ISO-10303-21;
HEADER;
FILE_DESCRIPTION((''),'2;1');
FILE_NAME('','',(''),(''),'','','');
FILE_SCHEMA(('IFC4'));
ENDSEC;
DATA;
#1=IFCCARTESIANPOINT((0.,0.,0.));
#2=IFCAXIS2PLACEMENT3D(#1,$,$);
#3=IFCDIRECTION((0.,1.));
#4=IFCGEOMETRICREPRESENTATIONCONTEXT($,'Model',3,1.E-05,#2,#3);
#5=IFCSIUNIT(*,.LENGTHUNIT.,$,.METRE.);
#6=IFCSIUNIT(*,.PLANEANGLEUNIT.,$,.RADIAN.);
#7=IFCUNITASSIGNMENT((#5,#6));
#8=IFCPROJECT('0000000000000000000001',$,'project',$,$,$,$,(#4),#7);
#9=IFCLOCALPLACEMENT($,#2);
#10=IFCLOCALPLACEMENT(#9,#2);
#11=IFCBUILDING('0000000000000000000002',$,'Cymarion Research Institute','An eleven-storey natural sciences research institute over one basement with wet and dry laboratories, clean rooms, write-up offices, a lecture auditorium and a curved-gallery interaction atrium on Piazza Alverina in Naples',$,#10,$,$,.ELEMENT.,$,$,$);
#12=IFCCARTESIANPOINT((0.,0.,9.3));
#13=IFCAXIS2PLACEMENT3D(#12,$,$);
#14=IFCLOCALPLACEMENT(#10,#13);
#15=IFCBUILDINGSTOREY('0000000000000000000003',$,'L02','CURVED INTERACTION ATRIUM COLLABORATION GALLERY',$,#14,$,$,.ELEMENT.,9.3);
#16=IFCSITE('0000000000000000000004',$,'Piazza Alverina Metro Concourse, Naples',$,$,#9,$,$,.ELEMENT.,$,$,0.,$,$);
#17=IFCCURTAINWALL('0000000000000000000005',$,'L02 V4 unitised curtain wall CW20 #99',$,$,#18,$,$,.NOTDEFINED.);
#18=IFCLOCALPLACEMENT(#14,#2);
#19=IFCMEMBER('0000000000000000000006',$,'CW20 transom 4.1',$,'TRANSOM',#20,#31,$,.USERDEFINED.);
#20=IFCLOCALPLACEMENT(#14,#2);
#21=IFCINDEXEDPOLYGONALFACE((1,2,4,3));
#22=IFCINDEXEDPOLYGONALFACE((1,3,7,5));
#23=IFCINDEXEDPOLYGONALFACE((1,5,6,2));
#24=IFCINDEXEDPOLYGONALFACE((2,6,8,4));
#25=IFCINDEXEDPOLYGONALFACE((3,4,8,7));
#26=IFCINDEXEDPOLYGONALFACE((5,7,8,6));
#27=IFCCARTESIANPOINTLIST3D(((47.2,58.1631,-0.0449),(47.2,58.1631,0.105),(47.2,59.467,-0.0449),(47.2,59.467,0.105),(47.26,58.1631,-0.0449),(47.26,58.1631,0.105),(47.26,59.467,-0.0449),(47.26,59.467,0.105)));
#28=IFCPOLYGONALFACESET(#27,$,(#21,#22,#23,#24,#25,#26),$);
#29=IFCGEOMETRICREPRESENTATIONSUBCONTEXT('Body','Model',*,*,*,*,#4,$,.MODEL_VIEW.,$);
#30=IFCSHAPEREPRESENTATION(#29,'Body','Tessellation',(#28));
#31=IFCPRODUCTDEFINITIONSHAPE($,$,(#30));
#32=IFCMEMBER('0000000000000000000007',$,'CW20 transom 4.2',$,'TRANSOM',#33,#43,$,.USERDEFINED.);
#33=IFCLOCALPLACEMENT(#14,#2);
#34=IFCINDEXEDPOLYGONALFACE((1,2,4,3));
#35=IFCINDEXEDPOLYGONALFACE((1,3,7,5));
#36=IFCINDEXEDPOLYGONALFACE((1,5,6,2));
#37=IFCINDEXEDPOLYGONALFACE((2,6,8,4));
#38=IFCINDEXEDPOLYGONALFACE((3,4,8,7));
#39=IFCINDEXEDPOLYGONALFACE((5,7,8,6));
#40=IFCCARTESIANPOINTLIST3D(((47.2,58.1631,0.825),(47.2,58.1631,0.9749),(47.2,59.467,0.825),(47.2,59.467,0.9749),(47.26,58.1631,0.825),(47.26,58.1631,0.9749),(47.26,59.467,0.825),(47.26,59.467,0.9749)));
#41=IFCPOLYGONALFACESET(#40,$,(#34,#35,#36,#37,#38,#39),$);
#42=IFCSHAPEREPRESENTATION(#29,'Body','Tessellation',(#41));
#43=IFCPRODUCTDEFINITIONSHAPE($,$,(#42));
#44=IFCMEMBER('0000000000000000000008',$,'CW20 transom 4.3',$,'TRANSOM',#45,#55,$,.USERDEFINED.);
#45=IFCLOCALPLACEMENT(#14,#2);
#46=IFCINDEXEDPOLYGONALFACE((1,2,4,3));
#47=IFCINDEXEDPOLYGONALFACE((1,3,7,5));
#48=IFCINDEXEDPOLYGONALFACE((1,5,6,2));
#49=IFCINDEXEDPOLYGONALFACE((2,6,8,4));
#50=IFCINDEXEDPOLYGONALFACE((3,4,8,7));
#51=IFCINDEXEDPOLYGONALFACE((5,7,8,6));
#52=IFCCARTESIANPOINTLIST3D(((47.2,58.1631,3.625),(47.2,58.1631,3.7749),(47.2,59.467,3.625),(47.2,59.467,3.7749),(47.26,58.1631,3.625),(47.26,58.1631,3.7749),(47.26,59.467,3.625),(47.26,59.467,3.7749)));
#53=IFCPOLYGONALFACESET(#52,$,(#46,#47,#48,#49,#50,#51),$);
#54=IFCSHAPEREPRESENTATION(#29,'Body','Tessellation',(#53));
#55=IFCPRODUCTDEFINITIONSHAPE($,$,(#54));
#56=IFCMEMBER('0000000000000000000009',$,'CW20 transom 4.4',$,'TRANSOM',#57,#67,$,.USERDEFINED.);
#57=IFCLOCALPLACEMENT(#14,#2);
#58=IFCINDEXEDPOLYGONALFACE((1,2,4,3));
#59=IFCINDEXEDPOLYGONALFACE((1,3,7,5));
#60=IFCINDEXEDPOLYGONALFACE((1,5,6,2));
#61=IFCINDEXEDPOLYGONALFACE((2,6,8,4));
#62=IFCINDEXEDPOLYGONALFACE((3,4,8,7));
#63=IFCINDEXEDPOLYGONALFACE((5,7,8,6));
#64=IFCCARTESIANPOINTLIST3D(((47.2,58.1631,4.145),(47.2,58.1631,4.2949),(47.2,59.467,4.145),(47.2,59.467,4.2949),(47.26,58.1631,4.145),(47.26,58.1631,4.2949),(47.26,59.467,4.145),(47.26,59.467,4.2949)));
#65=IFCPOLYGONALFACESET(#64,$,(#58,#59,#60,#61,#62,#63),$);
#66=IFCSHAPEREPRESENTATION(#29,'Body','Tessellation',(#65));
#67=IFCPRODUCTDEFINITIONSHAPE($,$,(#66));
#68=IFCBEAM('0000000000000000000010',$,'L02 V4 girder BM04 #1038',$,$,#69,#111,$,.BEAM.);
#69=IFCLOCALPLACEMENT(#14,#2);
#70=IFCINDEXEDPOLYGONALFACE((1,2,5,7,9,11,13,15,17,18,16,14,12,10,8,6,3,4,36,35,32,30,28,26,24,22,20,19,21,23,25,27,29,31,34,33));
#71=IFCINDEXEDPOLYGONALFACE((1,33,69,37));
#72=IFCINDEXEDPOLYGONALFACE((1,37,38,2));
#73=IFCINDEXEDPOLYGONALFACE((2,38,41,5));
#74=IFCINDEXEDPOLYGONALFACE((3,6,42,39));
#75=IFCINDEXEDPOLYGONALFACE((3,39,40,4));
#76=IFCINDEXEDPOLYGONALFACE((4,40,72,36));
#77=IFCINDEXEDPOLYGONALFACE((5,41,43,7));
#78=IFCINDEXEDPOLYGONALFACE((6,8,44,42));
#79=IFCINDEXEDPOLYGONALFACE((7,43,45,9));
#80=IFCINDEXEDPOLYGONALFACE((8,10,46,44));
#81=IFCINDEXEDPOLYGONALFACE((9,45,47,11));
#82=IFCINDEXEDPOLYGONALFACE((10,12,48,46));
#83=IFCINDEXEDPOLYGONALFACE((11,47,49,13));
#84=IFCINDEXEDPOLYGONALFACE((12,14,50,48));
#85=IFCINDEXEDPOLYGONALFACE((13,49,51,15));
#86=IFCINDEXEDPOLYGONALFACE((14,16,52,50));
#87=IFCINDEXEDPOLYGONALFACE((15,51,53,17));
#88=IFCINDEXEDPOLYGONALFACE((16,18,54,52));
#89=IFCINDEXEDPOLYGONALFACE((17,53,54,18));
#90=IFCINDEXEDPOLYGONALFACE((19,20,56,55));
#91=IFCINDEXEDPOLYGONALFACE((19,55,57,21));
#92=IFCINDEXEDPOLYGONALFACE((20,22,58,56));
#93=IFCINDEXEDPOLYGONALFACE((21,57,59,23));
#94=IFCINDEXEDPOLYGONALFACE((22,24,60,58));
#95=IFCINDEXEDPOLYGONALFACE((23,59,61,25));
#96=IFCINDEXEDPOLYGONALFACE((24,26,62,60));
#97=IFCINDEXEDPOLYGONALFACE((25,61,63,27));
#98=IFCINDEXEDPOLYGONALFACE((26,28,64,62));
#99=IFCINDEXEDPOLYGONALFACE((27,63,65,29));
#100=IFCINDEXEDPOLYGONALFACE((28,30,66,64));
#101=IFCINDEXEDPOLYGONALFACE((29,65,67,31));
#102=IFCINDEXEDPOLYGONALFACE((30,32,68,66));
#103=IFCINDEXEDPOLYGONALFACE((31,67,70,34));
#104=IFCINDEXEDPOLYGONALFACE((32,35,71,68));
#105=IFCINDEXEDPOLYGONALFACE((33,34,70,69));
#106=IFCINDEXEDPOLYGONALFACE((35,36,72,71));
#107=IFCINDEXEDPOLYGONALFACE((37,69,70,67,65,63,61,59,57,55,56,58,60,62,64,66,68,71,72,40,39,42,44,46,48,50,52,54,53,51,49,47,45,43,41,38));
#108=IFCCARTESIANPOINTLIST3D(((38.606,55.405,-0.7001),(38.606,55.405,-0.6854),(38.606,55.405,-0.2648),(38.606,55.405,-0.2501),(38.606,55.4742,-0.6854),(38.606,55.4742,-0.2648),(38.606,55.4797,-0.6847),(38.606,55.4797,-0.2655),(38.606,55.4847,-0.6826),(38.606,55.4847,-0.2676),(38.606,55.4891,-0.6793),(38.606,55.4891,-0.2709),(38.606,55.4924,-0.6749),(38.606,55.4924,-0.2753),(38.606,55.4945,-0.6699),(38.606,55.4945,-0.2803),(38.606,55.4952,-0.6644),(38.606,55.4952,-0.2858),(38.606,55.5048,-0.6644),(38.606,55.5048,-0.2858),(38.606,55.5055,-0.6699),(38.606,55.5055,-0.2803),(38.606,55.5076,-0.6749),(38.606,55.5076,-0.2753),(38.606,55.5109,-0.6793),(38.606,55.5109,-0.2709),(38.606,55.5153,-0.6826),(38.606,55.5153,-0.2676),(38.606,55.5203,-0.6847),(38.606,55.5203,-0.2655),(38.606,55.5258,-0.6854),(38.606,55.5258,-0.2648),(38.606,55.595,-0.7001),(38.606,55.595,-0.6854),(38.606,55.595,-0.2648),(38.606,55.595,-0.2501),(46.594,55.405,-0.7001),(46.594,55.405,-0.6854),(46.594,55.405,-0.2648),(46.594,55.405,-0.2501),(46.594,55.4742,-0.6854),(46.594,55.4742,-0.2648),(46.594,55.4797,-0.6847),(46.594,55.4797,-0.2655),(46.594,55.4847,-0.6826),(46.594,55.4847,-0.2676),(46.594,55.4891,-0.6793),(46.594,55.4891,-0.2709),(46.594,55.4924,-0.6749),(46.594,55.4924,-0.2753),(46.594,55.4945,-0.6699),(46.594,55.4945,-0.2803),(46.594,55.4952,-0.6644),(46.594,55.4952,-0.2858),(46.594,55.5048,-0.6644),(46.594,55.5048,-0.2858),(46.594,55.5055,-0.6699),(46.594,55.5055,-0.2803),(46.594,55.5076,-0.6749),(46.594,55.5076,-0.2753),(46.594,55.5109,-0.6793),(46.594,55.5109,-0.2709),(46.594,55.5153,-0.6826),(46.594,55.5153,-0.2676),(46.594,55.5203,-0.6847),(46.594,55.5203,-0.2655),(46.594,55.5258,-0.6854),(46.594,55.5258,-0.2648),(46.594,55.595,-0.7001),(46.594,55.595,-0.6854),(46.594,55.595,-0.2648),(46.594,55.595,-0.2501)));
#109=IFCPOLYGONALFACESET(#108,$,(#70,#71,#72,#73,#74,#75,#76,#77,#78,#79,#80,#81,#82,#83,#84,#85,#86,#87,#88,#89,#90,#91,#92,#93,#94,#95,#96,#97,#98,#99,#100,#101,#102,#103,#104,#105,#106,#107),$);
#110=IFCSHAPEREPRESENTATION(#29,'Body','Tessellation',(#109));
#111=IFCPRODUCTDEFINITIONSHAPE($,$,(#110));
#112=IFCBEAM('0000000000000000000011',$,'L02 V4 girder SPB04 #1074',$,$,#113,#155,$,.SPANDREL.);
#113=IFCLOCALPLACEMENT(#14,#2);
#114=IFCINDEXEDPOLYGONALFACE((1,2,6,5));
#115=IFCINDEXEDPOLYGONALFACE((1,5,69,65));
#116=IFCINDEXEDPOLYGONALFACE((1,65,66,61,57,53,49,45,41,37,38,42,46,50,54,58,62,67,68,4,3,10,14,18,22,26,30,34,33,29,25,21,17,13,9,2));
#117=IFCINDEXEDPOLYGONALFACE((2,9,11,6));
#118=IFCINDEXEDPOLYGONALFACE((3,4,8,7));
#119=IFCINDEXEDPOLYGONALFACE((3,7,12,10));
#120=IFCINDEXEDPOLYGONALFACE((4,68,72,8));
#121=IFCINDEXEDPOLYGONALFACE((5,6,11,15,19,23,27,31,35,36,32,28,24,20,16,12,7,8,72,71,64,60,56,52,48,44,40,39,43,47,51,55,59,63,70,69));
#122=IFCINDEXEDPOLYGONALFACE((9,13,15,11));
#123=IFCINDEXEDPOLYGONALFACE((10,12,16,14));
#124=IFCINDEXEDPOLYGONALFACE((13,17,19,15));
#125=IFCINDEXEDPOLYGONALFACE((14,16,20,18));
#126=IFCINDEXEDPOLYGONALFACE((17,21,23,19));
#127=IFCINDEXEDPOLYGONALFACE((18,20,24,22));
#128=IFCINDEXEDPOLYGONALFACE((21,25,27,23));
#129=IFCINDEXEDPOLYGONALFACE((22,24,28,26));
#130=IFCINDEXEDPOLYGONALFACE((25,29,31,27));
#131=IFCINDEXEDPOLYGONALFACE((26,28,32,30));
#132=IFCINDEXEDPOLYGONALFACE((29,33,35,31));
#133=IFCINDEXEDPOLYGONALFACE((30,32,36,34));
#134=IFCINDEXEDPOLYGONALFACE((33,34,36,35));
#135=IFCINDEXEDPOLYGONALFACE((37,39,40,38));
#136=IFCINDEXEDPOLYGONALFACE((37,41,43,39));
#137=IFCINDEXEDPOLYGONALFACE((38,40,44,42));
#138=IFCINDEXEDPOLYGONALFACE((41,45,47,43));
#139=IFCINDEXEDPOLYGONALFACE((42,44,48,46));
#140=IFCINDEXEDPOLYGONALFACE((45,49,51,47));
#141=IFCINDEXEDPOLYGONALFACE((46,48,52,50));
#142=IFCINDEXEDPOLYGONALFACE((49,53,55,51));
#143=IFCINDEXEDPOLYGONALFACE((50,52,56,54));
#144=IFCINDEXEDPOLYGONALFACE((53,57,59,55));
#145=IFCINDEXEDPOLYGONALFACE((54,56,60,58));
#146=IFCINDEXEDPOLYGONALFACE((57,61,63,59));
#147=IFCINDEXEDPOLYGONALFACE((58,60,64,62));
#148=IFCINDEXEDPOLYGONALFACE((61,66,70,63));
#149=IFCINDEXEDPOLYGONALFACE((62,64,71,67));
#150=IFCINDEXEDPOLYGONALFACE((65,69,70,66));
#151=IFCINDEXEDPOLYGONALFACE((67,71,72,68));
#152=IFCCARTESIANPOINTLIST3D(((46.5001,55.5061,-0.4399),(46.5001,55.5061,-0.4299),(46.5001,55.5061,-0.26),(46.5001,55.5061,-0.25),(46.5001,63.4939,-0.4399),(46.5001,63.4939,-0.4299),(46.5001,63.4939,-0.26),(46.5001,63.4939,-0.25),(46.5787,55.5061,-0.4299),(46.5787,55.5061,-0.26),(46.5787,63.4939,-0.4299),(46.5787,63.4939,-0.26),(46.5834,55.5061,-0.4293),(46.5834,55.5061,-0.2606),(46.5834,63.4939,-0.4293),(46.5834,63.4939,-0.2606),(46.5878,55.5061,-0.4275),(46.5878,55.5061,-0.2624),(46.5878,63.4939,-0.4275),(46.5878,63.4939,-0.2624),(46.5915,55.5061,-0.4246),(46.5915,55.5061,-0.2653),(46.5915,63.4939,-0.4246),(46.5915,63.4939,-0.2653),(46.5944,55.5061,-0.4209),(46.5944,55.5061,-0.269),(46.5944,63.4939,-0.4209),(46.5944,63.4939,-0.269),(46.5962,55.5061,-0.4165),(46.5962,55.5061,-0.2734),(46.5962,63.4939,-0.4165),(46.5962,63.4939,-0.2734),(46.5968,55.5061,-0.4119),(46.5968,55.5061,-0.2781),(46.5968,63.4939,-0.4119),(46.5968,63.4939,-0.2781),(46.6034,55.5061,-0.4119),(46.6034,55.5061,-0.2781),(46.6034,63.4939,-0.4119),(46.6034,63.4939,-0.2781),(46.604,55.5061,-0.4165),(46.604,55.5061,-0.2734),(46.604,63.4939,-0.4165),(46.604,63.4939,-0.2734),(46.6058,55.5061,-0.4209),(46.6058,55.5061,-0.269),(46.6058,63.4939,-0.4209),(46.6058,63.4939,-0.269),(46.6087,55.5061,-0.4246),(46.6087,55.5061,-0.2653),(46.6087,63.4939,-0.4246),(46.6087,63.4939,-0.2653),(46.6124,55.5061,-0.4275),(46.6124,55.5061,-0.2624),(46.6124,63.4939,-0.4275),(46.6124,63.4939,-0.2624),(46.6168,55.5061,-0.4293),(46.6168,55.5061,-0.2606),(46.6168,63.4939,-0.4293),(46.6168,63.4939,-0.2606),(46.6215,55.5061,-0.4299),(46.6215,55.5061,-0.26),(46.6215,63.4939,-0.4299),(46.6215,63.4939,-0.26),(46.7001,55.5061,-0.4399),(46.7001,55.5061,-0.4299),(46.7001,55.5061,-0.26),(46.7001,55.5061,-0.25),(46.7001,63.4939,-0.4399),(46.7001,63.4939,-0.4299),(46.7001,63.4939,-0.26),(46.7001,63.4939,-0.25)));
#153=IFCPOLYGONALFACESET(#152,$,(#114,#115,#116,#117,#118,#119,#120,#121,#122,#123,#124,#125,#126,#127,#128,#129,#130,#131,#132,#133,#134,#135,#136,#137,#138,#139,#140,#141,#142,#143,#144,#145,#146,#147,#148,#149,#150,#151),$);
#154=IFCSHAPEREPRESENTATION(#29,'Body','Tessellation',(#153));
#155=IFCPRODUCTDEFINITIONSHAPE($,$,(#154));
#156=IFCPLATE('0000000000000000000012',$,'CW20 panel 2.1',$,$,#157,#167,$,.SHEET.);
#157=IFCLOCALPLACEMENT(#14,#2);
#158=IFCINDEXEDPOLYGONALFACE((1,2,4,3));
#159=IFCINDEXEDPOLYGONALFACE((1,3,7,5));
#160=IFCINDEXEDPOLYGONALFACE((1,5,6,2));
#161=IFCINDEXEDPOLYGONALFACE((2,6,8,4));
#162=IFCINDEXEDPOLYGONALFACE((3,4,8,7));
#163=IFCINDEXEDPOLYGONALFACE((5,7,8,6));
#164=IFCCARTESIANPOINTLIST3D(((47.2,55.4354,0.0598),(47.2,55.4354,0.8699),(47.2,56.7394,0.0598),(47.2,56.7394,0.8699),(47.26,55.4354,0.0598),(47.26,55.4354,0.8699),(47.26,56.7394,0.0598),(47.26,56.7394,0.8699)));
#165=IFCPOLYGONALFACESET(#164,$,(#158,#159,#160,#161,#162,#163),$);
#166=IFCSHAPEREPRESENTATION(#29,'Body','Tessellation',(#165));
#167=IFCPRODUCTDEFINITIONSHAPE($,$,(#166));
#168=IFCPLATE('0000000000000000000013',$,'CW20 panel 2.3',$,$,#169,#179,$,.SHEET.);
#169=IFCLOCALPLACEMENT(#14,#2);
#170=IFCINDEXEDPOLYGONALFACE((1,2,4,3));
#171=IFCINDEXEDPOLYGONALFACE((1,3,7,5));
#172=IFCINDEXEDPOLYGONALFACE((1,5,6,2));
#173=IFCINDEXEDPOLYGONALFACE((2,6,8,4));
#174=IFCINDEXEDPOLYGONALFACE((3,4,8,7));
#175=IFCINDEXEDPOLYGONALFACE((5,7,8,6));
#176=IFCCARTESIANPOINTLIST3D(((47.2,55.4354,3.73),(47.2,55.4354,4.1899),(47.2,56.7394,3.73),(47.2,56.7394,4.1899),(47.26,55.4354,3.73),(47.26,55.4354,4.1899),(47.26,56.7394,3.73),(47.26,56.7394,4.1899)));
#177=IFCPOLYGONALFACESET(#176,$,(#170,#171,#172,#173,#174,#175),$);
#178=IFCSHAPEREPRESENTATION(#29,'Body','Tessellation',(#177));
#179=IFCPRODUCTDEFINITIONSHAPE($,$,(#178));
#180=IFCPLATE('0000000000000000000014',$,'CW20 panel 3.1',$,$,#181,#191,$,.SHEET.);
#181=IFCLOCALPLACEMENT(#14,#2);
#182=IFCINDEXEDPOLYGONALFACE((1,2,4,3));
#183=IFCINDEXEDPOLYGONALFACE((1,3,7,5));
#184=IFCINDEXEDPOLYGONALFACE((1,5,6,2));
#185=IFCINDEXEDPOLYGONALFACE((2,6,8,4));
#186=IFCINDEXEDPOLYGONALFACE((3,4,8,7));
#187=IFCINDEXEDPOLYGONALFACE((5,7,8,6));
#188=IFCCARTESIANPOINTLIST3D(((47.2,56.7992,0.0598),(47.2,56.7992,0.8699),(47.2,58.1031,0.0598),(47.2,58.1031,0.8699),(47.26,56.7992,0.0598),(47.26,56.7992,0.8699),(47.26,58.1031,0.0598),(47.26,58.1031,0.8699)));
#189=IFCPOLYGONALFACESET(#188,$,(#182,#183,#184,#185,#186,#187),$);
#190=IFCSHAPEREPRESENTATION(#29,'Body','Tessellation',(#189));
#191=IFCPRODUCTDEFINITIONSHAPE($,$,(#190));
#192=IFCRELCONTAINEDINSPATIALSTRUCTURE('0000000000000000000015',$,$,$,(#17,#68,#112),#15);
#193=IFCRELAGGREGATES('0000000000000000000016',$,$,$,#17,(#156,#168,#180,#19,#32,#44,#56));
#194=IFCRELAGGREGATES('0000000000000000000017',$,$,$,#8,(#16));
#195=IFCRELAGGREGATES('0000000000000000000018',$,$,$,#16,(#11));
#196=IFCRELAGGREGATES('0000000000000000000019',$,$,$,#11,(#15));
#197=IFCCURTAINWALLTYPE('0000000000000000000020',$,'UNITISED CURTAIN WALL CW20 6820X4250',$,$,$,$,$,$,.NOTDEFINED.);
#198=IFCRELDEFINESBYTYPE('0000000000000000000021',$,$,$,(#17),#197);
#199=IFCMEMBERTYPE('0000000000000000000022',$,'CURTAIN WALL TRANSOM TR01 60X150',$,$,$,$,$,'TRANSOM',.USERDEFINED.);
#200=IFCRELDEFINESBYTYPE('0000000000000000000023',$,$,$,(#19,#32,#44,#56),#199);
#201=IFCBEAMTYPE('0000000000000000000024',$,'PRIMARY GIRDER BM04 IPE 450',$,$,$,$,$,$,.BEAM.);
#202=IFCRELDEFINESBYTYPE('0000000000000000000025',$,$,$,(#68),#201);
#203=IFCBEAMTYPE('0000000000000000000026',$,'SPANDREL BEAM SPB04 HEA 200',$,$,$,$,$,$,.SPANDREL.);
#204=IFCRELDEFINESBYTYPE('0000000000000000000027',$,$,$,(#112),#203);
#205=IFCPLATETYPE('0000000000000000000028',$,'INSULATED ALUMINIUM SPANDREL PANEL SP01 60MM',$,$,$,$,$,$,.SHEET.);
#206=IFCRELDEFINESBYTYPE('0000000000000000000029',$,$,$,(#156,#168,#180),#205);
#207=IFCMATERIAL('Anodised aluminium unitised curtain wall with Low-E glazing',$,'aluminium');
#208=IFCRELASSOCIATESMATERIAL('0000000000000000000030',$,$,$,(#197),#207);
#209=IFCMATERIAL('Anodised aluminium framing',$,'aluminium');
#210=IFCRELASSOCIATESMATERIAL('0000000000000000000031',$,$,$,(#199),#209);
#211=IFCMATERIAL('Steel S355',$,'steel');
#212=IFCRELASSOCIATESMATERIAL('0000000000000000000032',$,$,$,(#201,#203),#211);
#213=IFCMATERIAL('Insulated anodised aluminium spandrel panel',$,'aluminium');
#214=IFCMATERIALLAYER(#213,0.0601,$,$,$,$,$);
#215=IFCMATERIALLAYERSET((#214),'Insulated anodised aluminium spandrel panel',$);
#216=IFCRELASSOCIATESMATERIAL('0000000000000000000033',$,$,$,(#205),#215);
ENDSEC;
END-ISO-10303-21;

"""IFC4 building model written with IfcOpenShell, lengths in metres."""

from ifc_helpers import new_model, si_unit, direction, frame, origin, origin_2d, place, context, subcontext, project, spatial, rectangle, i_section, extrude, material, layer, layer_set, material_profile, profile_set, type_object, element, aggregate, save


model = new_model("IFC4")

# Units and contexts
model_context = context("Model", 3, precision=1e-05, world=origin(), true_north=direction((0.0, 1.0)))
body_context = subcontext(model_context, "Body", "Model", "MODEL_VIEW")
ifc_project = project(units=[si_unit("LENGTHUNIT", "METRE"), si_unit("PLANEANGLEUNIT", "RADIAN")], contexts=[model_context])

# Site, building, storey
site_placement = place(None, origin())
site = spatial("IfcSite", under=ifc_project, at=site_placement, Name="Piazza Alverina Metro Concourse, Naples", CompositionType="ELEMENT", RefElevation=0.0)
building_placement = place(site_placement, origin())
building = spatial("IfcBuilding", under=site, at=building_placement, Name="Cymarion Research Institute", Description="An eleven-storey natural sciences research institute over one basement with wet and dry laboratories, clean rooms, write-up offices, a lecture auditorium and a curved-gallery interaction atrium on Piazza Alverina in Naples", CompositionType="ELEMENT")
storey_placement = place(building_placement, frame((0.0, 0.0, 9.3)))
storey = spatial("IfcBuildingStorey", under=building, at=storey_placement, Name="L02", Description="CURVED INTERACTION ATRIUM COLLABORATION GALLERY", CompositionType="ELEMENT", Elevation=9.3)

# Shared definitions
ifc_material_1 = material(Name="Steel S355", Category="steel")

# Curtain wall, members
ifc_material_2 = material(Name="Anodised aluminium unitised curtain wall with Low-E glazing", Category="aluminium")
curtain_wall_type = type_object("IfcCurtainWallType", Name="UNITISED CURTAIN WALL CW20 6820X4250", PredefinedType="NOTDEFINED", material=ifc_material_2)
curtain_wall_placement = place(storey_placement, origin())
curtain_wall = element("IfcCurtainWall", 1, at=curtain_wall_placement, inside=storey, type_object=curtain_wall_type, Name="L02 V4 unitised curtain wall CW20 #99", PredefinedType="NOTDEFINED")
ifc_material_3 = material(Name="Anodised aluminium framing", Category="aluminium")
ifc_material_profile_1 = material_profile(ifc_material_3, rectangle(XDim=0.0601, YDim=0.1499, at=origin_2d()), Name="ALU TRANSOM 60x150")
ifc_profile_set_1 = profile_set([ifc_material_profile_1], Name="Anodised aluminium framing")
member_type_1 = type_object("IfcMemberType", Name="CURTAIN WALL TRANSOM TR01 60X150", ElementType="TRANSOM", PredefinedType="USERDEFINED", material=ifc_profile_set_1)
member_1_placement = place(storey_placement, frame((47.23, 58.1631, 0.03), z_axis=(0.0, 1.0, 0.0), x_axis=(-1.0, 0.0, 0.0)))
member_1 = element("IfcMember", 2, at=member_1_placement, type_object=member_type_1, Name="CW20 transom 4.1", ObjectType="TRANSOM", PredefinedType="USERDEFINED", context=body_context, shape_type="SweptSolid", body=[
    extrude(rectangle(XDim=0.0601, YDim=0.1499, at=origin_2d()), origin(), (0.0, 0.0, 1.0), 1.304),
])
member_2_placement = place(storey_placement, frame((47.23, 58.1631, 0.8999), z_axis=(0.0, 1.0, 0.0), x_axis=(-1.0, 0.0, 0.0)))
member_2 = element("IfcMember", 3, at=member_2_placement, type_object=member_type_1, Name="CW20 transom 4.2", ObjectType="TRANSOM", PredefinedType="USERDEFINED", context=body_context, shape_type="SweptSolid", body=[
    extrude(rectangle(XDim=0.0601, YDim=0.1499, at=origin_2d()), origin(), (0.0, 0.0, 1.0), 1.304),
])
member_3_placement = place(storey_placement, frame((47.23, 58.1631, 3.7), z_axis=(0.0, 1.0, 0.0), x_axis=(-1.0, 0.0, 0.0)))
member_3 = element("IfcMember", 4, at=member_3_placement, type_object=member_type_1, Name="CW20 transom 4.3", ObjectType="TRANSOM", PredefinedType="USERDEFINED", context=body_context, shape_type="SweptSolid", body=[
    extrude(rectangle(XDim=0.0601, YDim=0.1499, at=origin_2d()), origin(), (0.0, 0.0, 1.0), 1.304),
])
member_4_placement = place(storey_placement, frame((47.23, 58.1631, 4.22), z_axis=(0.0, 1.0, 0.0), x_axis=(-1.0, 0.0, 0.0)))
member_4 = element("IfcMember", 5, at=member_4_placement, type_object=member_type_1, Name="CW20 transom 4.4", ObjectType="TRANSOM", PredefinedType="USERDEFINED", context=body_context, shape_type="SweptSolid", body=[
    extrude(rectangle(XDim=0.0601, YDim=0.1499, at=origin_2d()), origin(), (0.0, 0.0, 1.0), 1.304),
])

# Beams
ifc_material_profile_2 = material_profile(ifc_material_1, i_section(OverallWidth=0.1899, OverallDepth=0.45, WebThickness=0.0095, FlangeThickness=0.0146, FilletRadius=0.021, at=origin_2d()), Name="IPE 450")
ifc_profile_set_2 = profile_set([ifc_material_profile_2], Name="Steel S355")
beam_type_1 = type_object("IfcBeamType", Name="PRIMARY GIRDER BM04 IPE 450", PredefinedType="BEAM", material=ifc_profile_set_2)
beam_1_placement = place(storey_placement, frame((38.606, 55.5, -0.4751), z_axis=(1.0, 0.0, 0.0), x_axis=(0.0, 1.0, 0.0)))
element("IfcBeam", 6, at=beam_1_placement, inside=storey, type_object=beam_type_1, Name="L02 V4 girder BM04 #1038", PredefinedType="BEAM", context=body_context, shape_type="SweptSolid", body=[
    extrude(i_section(OverallWidth=0.1899, OverallDepth=0.45, WebThickness=0.0095, FlangeThickness=0.0146, FilletRadius=0.021, at=origin_2d()), origin(), (0.0, 0.0, 1.0), 7.988),
])
ifc_material_profile_3 = material_profile(ifc_material_1, i_section(OverallWidth=0.2, OverallDepth=0.1899, WebThickness=0.0066, FlangeThickness=0.01, FilletRadius=0.0181, at=origin_2d()), Name="HEA 200")
ifc_profile_set_3 = profile_set([ifc_material_profile_3], Name="Steel S355")
beam_type_2 = type_object("IfcBeamType", Name="SPANDREL BEAM SPB04 HEA 200", PredefinedType="SPANDREL", material=ifc_profile_set_3)
beam_2_placement = place(storey_placement, frame((46.6001, 55.5061, -0.345), z_axis=(0.0, 1.0, 0.0), x_axis=(-1.0, 0.0, 0.0)))
element("IfcBeam", 7, at=beam_2_placement, inside=storey, type_object=beam_type_2, Name="L02 V4 girder SPB04 #1074", PredefinedType="SPANDREL", context=body_context, shape_type="SweptSolid", body=[
    extrude(i_section(OverallWidth=0.2, OverallDepth=0.1899, WebThickness=0.0066, FlangeThickness=0.01, FilletRadius=0.0181, at=origin_2d()), origin(), (0.0, 0.0, 1.0), 7.9878),
])

# Plates
ifc_material_4 = material(Name="Insulated anodised aluminium spandrel panel", Category="aluminium")
ifc_layer_1 = layer(ifc_material_4, 0.0601)
ifc_layer_set_1 = layer_set([ifc_layer_1], Name="Insulated anodised aluminium spandrel panel")
plate_type_1 = type_object("IfcPlateType", Name="INSULATED ALUMINIUM SPANDREL PANEL SP01 60MM", PredefinedType="SHEET", material=ifc_layer_set_1)
plate_1_placement = place(storey_placement, frame((47.23, 56.0874, 0.0598), z_axis=(0.0, 0.0, 1.0), x_axis=(0.0, 1.0, 0.0)))
plate_1 = element("IfcPlate", 8, at=plate_1_placement, type_object=plate_type_1, Name="CW20 panel 2.1", PredefinedType="SHEET", context=body_context, shape_type="SweptSolid", body=[
    extrude(rectangle(XDim=1.304, YDim=0.0601, at=origin_2d()), origin(), (0.0, 0.0, 1.0), 0.8101),
])
plate_2_placement = place(storey_placement, frame((47.23, 56.0874, 3.73), z_axis=(0.0, 0.0, 1.0), x_axis=(0.0, 1.0, 0.0)))
plate_2 = element("IfcPlate", 9, at=plate_2_placement, type_object=plate_type_1, Name="CW20 panel 2.3", PredefinedType="SHEET", context=body_context, shape_type="SweptSolid", body=[
    extrude(rectangle(XDim=1.304, YDim=0.0601, at=origin_2d()), origin(), (0.0, 0.0, 1.0), 0.46),
])
plate_3_placement = place(storey_placement, frame((47.23, 57.4512, 0.0598), z_axis=(0.0, 0.0, 1.0), x_axis=(0.0, 1.0, 0.0)))
plate_3 = element("IfcPlate", 10, at=plate_3_placement, type_object=plate_type_1, Name="CW20 panel 3.1", PredefinedType="SHEET", context=body_context, shape_type="SweptSolid", body=[
    extrude(rectangle(XDim=1.304, YDim=0.0601, at=origin_2d()), origin(), (0.0, 0.0, 1.0), 0.8101),
])
aggregate(curtain_wall, [plate_1, plate_2, plate_3, member_1, member_2, member_3, member_4])

save(model, "model.ifc")
